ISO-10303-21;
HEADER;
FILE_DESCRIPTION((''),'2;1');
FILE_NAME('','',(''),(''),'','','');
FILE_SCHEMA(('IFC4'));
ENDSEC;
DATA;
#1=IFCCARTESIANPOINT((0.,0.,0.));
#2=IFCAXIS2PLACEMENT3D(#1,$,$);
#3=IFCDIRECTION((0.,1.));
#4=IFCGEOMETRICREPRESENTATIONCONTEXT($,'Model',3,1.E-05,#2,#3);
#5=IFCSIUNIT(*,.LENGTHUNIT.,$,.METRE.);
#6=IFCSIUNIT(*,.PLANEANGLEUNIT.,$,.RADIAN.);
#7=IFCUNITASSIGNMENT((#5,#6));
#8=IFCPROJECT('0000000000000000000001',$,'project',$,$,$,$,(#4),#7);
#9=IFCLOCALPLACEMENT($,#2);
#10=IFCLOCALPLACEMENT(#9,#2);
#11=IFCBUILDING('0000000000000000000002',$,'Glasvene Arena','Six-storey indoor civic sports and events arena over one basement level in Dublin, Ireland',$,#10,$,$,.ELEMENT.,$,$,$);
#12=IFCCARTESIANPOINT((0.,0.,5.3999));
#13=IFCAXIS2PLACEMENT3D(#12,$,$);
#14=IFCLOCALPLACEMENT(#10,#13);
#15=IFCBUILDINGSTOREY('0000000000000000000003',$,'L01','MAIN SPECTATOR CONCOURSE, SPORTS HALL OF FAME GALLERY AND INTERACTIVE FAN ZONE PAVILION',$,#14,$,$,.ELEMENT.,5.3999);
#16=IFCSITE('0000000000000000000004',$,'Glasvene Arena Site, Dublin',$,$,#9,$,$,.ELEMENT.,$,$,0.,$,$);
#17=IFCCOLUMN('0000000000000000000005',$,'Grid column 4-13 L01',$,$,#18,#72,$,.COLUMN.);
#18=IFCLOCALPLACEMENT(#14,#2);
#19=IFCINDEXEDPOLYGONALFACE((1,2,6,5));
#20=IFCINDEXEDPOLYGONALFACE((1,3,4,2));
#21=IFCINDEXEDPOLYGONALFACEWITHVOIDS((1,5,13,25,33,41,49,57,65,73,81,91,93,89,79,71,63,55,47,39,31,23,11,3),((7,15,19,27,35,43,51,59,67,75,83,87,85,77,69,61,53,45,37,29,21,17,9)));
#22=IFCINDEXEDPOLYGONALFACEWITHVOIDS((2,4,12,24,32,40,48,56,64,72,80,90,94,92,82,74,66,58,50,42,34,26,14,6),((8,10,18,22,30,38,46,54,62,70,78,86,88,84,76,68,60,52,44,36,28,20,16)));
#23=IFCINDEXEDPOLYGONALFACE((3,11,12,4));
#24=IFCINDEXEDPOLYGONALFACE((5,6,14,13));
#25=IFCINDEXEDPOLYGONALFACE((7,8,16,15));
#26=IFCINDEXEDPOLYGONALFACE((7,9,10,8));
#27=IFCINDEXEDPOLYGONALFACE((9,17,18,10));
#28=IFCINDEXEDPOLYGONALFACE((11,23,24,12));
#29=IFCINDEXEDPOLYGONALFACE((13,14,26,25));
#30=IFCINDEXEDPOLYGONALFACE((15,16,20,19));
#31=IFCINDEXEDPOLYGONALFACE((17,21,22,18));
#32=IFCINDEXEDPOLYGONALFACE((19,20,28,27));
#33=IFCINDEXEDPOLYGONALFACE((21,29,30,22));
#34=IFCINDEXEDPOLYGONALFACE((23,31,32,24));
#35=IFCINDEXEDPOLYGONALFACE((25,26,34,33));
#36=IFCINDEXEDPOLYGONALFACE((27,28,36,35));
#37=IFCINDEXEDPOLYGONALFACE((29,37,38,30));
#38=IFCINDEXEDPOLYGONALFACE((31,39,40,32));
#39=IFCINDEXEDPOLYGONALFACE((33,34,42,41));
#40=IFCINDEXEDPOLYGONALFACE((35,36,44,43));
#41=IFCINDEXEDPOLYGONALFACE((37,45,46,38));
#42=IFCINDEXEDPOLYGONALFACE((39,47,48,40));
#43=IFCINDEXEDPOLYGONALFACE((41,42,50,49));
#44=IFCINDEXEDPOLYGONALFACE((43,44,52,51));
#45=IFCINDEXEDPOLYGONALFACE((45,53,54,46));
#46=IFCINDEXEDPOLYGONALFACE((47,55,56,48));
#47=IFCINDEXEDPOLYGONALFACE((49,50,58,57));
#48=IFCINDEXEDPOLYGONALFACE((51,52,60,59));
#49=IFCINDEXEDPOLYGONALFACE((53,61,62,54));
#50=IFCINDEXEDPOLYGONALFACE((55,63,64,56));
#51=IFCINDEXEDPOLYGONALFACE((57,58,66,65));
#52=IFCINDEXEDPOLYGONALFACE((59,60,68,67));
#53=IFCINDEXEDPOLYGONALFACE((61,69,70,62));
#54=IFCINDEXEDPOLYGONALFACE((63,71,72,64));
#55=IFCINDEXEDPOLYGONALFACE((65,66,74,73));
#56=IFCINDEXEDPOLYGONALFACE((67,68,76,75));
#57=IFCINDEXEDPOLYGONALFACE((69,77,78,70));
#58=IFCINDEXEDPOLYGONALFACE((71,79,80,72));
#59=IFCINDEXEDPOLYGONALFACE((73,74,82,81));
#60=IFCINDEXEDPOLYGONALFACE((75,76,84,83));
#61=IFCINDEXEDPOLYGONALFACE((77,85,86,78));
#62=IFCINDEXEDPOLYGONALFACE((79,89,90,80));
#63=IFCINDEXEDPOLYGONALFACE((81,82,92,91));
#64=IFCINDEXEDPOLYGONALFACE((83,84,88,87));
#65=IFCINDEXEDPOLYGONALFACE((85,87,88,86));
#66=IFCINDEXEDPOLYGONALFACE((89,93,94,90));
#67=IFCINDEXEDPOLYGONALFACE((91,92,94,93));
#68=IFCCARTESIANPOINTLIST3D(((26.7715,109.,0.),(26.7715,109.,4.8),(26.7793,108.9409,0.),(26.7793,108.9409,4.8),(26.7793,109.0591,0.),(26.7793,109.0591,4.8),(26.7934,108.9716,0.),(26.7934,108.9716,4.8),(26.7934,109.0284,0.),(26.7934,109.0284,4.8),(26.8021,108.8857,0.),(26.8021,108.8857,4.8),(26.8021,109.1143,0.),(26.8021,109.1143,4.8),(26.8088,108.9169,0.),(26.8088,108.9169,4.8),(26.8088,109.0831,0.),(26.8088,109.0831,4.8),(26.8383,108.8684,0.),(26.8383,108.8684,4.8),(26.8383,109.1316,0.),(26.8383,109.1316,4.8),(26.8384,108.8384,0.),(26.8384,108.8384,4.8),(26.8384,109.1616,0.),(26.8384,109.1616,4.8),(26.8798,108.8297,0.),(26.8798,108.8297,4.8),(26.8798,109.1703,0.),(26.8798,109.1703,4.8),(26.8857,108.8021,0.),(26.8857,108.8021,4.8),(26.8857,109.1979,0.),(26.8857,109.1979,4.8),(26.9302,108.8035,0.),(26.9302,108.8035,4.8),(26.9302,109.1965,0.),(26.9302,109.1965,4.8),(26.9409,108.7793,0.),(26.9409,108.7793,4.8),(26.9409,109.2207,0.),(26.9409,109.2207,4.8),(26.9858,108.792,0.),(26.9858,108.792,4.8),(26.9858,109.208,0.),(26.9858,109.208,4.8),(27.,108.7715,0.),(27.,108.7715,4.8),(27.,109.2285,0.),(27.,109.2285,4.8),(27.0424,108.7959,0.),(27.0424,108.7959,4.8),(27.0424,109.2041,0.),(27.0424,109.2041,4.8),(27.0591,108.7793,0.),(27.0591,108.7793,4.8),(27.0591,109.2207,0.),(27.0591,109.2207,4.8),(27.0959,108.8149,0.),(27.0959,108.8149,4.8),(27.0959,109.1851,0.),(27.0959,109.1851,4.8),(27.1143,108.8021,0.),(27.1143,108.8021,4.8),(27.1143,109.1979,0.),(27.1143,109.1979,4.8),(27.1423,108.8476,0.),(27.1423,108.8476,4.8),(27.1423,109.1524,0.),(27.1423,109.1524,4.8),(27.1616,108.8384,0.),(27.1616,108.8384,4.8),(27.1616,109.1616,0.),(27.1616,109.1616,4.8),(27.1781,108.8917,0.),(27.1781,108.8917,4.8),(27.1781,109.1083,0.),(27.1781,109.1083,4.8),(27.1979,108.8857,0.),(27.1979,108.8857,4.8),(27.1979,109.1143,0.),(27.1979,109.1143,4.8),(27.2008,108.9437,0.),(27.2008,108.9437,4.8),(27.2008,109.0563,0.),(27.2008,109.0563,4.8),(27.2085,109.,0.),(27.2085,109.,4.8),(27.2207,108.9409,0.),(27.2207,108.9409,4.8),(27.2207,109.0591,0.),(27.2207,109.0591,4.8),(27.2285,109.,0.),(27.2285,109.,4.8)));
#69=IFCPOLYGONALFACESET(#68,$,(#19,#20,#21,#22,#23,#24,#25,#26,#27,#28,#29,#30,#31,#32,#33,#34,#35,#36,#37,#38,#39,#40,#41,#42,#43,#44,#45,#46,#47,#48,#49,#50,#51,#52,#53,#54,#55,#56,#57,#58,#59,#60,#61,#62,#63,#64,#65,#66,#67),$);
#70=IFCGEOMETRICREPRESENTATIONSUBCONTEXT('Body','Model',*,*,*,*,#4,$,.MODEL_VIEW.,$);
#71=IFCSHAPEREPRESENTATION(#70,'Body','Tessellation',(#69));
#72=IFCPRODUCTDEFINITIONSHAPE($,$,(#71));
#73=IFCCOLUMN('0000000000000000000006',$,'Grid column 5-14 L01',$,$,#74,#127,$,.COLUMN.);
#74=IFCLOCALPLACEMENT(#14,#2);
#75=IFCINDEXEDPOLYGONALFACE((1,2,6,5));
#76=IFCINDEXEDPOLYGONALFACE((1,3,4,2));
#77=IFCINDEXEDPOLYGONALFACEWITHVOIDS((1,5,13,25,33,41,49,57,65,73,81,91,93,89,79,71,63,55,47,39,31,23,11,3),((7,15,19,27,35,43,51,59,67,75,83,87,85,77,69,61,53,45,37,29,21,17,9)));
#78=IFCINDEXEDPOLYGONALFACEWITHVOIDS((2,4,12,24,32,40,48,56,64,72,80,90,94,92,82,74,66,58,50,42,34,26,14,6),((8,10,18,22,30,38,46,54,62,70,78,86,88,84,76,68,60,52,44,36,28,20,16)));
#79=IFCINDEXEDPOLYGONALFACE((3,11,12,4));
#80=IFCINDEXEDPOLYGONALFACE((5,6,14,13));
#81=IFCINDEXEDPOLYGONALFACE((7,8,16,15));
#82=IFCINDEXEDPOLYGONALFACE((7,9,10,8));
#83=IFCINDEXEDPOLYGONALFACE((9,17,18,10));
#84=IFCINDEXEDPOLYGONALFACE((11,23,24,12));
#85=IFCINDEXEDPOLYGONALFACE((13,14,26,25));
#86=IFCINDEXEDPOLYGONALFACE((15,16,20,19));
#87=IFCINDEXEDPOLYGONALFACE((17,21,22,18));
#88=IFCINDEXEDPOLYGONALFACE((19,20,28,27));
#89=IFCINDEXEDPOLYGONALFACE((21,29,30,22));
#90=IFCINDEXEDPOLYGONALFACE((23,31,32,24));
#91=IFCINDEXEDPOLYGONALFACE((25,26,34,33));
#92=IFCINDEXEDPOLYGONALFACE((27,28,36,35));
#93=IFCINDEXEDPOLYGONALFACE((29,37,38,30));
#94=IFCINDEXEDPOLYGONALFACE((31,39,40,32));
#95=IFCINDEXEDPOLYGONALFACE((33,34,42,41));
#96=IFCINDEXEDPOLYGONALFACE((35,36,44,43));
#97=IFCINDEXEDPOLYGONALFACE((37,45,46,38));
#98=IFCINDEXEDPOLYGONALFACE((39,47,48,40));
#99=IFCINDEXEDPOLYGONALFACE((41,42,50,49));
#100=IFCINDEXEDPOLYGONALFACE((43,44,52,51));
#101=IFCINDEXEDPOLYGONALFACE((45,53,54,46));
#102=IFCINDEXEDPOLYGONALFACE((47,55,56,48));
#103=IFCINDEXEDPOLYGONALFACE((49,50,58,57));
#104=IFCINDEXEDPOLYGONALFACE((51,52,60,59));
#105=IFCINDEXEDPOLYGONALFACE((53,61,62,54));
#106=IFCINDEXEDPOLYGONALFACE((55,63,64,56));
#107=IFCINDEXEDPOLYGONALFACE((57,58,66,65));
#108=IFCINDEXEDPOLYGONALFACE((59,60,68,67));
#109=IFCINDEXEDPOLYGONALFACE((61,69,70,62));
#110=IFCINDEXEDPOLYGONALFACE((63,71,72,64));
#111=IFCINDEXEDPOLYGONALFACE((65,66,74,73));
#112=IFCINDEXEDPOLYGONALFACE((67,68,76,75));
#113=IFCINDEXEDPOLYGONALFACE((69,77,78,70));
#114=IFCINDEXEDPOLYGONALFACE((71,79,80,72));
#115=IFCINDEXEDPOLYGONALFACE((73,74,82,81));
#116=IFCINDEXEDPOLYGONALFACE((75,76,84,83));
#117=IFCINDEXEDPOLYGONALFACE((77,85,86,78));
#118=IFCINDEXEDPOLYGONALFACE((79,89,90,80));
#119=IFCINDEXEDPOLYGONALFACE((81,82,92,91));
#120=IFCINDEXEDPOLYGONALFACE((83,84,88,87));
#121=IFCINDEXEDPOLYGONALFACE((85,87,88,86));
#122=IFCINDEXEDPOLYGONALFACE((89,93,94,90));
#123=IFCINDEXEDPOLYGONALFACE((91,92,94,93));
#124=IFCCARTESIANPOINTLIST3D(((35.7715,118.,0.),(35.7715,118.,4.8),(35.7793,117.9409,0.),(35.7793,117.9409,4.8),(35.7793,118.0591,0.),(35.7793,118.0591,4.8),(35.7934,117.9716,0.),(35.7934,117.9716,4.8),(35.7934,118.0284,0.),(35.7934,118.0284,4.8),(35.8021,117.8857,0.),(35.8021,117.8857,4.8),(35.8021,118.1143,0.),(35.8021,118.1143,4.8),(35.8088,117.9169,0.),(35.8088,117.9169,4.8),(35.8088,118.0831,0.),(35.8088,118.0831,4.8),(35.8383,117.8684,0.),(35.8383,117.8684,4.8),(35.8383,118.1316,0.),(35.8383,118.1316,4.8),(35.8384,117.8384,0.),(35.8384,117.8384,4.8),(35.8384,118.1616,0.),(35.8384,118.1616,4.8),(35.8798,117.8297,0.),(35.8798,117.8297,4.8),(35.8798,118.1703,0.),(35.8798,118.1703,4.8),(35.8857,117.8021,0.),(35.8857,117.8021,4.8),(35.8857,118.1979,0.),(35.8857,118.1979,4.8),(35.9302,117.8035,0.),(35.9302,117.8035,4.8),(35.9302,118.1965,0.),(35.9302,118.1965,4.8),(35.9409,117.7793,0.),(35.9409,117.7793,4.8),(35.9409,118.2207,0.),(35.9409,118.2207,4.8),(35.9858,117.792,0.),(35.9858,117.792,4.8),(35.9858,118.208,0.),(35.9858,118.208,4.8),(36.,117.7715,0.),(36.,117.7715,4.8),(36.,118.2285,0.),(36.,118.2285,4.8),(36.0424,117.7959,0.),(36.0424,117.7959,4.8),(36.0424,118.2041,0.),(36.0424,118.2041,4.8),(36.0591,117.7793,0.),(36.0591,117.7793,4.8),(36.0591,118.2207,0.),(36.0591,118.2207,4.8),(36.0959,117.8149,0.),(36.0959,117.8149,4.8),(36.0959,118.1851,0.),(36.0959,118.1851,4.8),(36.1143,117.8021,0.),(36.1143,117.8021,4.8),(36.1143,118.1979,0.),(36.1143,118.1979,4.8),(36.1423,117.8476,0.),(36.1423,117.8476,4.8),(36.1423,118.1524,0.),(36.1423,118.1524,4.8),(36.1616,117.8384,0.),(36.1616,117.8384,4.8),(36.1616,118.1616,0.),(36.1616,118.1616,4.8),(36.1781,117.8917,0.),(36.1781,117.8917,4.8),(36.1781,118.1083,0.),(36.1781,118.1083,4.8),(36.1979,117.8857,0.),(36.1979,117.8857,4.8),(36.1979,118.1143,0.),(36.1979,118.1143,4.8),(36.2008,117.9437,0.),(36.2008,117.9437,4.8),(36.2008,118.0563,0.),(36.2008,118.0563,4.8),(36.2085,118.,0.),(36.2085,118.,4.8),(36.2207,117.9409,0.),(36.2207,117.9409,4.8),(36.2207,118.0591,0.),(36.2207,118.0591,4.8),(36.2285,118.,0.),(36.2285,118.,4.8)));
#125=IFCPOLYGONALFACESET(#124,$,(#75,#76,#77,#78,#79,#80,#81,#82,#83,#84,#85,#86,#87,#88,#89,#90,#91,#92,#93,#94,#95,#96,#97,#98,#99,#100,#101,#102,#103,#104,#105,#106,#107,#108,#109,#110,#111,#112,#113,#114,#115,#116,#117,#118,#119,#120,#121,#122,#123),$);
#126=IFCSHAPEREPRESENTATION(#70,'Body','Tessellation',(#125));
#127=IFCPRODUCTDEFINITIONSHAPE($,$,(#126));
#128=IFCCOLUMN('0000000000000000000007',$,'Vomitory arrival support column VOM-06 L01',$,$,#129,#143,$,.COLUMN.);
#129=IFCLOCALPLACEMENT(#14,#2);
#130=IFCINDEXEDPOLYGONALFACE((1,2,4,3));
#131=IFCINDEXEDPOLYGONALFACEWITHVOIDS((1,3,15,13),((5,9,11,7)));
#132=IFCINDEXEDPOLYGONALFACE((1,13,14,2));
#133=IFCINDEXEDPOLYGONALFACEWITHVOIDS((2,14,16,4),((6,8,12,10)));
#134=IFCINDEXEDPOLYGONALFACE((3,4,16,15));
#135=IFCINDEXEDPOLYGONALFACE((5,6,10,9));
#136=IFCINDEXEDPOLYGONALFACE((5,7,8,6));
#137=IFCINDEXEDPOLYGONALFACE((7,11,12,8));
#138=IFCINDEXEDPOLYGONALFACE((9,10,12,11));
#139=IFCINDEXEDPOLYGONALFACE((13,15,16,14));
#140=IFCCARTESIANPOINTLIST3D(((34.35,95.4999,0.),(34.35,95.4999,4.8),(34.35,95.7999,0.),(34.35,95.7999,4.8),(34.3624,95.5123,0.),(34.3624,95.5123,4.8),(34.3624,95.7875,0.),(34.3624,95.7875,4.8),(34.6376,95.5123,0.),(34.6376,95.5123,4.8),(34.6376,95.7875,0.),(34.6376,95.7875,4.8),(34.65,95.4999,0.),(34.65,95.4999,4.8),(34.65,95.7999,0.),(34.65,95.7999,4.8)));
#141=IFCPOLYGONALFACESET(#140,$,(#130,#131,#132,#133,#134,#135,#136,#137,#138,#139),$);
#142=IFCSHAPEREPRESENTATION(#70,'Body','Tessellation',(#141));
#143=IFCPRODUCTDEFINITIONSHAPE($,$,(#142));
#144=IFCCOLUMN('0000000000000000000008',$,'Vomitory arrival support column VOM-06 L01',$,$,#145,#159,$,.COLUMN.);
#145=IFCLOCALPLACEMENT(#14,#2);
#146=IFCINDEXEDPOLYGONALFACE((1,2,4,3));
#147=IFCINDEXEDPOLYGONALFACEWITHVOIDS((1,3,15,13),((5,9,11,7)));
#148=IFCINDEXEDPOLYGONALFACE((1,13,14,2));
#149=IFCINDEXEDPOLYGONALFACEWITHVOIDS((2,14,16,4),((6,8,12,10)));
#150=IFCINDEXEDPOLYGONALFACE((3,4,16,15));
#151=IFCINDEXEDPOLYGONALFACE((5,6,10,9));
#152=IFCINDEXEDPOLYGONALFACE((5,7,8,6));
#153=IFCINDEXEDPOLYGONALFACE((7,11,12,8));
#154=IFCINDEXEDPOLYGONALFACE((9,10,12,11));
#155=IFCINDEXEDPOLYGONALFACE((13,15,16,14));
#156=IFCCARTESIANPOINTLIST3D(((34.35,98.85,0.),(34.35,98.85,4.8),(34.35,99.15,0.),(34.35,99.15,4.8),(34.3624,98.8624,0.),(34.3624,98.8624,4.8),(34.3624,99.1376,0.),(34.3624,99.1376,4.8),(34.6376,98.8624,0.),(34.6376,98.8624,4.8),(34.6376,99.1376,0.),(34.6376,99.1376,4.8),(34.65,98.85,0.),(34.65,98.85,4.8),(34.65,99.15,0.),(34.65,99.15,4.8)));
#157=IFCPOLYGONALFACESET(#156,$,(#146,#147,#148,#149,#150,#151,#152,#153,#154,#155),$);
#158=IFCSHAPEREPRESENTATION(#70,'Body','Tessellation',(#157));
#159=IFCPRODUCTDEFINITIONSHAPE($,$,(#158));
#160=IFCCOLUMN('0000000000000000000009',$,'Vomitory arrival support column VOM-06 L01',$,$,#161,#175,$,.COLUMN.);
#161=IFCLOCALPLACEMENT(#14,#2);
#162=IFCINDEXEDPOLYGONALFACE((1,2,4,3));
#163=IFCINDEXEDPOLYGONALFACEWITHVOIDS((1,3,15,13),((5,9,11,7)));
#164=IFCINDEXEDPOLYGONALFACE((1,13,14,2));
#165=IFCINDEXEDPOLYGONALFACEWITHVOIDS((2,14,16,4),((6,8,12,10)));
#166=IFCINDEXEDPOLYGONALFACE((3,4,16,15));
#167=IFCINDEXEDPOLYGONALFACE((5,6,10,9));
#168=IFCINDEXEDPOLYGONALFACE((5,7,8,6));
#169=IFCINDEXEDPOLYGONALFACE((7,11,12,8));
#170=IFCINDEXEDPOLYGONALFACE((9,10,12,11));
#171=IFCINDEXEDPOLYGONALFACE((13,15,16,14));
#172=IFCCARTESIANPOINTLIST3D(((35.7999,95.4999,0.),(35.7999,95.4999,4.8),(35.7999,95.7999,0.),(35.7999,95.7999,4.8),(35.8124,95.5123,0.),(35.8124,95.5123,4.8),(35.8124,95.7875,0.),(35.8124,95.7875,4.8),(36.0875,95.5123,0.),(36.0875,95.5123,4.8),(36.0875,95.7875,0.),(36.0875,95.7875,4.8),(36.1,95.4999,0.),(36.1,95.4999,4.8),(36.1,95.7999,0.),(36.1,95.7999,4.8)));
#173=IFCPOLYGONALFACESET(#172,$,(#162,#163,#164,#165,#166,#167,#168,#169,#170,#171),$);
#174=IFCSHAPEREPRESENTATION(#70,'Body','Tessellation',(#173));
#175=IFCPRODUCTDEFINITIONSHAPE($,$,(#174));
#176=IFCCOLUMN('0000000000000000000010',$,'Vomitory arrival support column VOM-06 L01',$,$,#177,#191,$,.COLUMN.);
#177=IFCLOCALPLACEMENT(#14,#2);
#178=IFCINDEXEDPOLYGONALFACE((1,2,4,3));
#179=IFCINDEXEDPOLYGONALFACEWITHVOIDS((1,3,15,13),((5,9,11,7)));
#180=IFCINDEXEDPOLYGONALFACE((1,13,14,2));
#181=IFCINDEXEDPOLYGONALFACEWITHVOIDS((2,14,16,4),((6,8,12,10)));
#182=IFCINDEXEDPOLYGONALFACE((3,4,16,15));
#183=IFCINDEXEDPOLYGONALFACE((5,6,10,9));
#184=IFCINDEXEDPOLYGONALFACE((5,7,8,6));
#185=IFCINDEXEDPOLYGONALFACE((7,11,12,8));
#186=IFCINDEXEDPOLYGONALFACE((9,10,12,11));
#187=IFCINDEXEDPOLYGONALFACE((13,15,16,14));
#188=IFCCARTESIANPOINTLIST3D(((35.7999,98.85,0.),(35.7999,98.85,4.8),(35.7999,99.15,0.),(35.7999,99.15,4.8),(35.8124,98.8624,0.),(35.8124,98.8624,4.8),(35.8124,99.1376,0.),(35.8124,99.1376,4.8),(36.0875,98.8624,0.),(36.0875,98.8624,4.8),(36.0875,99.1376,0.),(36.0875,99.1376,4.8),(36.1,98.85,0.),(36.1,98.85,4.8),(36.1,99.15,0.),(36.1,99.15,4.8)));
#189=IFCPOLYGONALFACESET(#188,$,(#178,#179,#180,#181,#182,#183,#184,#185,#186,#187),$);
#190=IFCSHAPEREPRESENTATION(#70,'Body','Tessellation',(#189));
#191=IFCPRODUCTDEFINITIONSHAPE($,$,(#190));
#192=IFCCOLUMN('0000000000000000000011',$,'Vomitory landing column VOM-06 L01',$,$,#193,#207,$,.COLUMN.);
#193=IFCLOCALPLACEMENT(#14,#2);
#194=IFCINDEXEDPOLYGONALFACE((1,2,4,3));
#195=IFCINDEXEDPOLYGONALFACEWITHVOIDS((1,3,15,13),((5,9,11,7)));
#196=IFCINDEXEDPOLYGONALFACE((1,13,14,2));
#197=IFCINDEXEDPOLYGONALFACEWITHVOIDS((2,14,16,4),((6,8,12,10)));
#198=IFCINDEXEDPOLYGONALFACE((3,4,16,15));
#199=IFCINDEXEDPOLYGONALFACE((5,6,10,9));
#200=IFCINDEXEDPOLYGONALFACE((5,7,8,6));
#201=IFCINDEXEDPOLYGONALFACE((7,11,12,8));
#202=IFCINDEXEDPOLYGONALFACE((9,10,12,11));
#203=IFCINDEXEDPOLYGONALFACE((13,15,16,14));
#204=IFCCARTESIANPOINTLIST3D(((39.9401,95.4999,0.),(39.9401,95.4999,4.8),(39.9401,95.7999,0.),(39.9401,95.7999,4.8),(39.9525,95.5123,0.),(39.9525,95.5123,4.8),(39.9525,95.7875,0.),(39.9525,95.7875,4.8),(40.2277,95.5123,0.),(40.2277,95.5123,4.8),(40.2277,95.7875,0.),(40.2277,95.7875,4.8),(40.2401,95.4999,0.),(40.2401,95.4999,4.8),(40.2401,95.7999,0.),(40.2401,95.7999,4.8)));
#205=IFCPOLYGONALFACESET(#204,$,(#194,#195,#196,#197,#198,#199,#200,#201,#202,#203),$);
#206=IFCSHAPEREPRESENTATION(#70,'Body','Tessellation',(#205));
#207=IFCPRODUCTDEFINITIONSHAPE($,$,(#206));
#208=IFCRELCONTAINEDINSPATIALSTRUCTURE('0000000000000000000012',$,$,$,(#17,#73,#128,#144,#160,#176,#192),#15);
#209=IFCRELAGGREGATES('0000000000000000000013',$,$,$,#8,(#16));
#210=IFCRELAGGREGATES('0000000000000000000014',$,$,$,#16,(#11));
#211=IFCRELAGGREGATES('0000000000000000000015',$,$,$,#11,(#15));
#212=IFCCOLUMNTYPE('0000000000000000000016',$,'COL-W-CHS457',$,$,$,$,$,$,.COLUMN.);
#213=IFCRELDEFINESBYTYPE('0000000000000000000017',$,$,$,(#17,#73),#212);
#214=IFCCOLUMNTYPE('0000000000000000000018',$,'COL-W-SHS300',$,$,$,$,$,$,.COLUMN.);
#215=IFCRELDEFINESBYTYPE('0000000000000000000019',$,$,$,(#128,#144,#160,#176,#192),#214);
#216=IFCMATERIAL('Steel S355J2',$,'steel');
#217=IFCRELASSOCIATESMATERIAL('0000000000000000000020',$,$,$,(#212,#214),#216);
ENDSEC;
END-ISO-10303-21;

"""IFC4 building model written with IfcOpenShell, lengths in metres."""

from ifc_helpers import new_model, si_unit, direction, frame, origin, origin_2d, place, context, subcontext, project, spatial, hollow_rectangle, hollow_circle, extrude, material, material_profile, profile_set, type_object, element, save


model = new_model("IFC4")

# Units and contexts
model_context = context("Model", 3, precision=1e-05, world=origin(), true_north=direction((0.0, 1.0)))
body_context = subcontext(model_context, "Body", "Model", "MODEL_VIEW")
ifc_project = project(units=[si_unit("LENGTHUNIT", "METRE"), si_unit("PLANEANGLEUNIT", "RADIAN")], contexts=[model_context])

# Site, building, storey
site_placement = place(None, origin())
site = spatial("IfcSite", under=ifc_project, at=site_placement, Name="Glasvene Arena Site, Dublin", CompositionType="ELEMENT", RefElevation=0.0)
building_placement = place(site_placement, origin())
building = spatial("IfcBuilding", under=site, at=building_placement, Name="Glasvene Arena", Description="Six-storey indoor civic sports and events arena over one basement level in Dublin, Ireland", CompositionType="ELEMENT")
storey_placement = place(building_placement, frame((0.0, 0.0, 5.3999)))
storey = spatial("IfcBuildingStorey", under=building, at=storey_placement, Name="L01", Description="MAIN SPECTATOR CONCOURSE, SPORTS HALL OF FAME GALLERY AND INTERACTIVE FAN ZONE PAVILION", CompositionType="ELEMENT", Elevation=5.3999)

# Columns
ifc_material_1 = material(Name="Steel S355J2", Category="steel")
ifc_material_profile_1 = material_profile(ifc_material_1, hollow_circle(Radius=0.2285, WallThickness=0.02, at=origin_2d()), Name="CHS 457.0x20.0")
ifc_profile_set_1 = profile_set([ifc_material_profile_1], Name="Steel S355J2")
column_type_1 = type_object("IfcColumnType", Name="COL-W-CHS457", PredefinedType="COLUMN", material=ifc_profile_set_1)
for number, where, z_axis, x_axis, name in (
    (1, (27.0, 109.0, 0.0), (0.0, 0.0, 1.0), (1.0, 0.0, 0.0), "Grid column 4-13 L01"),
    (2, (36.0, 118.0, 0.0), (0.0, 0.0, 1.0), (1.0, 0.0, 0.0), "Grid column 5-14 L01"),
):
    element("IfcColumn", number, at=place(storey_placement, frame(where, z_axis=z_axis, x_axis=x_axis)), inside=storey, type_object=column_type_1, Name=name, PredefinedType="COLUMN", context=body_context, shape_type="SweptSolid", body=[
        extrude(hollow_circle(Radius=0.2285, WallThickness=0.02, at=origin_2d()), origin(), (0.0, 0.0, 1.0), 4.8),
    ])
ifc_material_profile_2 = material_profile(ifc_material_1, hollow_rectangle(XDim=0.3, YDim=0.3, WallThickness=0.0125, at=origin_2d()), Name="SHS 300x300x12.5")
ifc_profile_set_2 = profile_set([ifc_material_profile_2], Name="Steel S355J2")
column_type_2 = type_object("IfcColumnType", Name="COL-W-SHS300", PredefinedType="COLUMN", material=ifc_profile_set_2)
for number, where, z_axis, x_axis, name in (
    (3, (34.5, 95.6499, 0.0), (0.0, 0.0, 1.0), (1.0, 0.0, 0.0), "Vomitory arrival support column VOM-06 L01"),
    (4, (34.5, 99.0, 0.0), (0.0, 0.0, 1.0), (1.0, 0.0, 0.0), "Vomitory arrival support column VOM-06 L01"),
    (5, (35.95, 95.6499, 0.0), (0.0, 0.0, 1.0), (1.0, 0.0, 0.0), "Vomitory arrival support column VOM-06 L01"),
    (6, (35.95, 99.0, 0.0), (0.0, 0.0, 1.0), (1.0, 0.0, 0.0), "Vomitory arrival support column VOM-06 L01"),
    (7, (40.0901, 95.6499, 0.0), (0.0, 0.0, 1.0), (1.0, 0.0, 0.0), "Vomitory landing column VOM-06 L01"),
):
    element("IfcColumn", number, at=place(storey_placement, frame(where, z_axis=z_axis, x_axis=x_axis)), inside=storey, type_object=column_type_2, Name=name, PredefinedType="COLUMN", context=body_context, shape_type="SweptSolid", body=[
        extrude(hollow_rectangle(XDim=0.3, YDim=0.3, WallThickness=0.0125, at=origin_2d()), origin(), (0.0, 0.0, 1.0), 4.8),
    ])

save(model, "model.ifc")
